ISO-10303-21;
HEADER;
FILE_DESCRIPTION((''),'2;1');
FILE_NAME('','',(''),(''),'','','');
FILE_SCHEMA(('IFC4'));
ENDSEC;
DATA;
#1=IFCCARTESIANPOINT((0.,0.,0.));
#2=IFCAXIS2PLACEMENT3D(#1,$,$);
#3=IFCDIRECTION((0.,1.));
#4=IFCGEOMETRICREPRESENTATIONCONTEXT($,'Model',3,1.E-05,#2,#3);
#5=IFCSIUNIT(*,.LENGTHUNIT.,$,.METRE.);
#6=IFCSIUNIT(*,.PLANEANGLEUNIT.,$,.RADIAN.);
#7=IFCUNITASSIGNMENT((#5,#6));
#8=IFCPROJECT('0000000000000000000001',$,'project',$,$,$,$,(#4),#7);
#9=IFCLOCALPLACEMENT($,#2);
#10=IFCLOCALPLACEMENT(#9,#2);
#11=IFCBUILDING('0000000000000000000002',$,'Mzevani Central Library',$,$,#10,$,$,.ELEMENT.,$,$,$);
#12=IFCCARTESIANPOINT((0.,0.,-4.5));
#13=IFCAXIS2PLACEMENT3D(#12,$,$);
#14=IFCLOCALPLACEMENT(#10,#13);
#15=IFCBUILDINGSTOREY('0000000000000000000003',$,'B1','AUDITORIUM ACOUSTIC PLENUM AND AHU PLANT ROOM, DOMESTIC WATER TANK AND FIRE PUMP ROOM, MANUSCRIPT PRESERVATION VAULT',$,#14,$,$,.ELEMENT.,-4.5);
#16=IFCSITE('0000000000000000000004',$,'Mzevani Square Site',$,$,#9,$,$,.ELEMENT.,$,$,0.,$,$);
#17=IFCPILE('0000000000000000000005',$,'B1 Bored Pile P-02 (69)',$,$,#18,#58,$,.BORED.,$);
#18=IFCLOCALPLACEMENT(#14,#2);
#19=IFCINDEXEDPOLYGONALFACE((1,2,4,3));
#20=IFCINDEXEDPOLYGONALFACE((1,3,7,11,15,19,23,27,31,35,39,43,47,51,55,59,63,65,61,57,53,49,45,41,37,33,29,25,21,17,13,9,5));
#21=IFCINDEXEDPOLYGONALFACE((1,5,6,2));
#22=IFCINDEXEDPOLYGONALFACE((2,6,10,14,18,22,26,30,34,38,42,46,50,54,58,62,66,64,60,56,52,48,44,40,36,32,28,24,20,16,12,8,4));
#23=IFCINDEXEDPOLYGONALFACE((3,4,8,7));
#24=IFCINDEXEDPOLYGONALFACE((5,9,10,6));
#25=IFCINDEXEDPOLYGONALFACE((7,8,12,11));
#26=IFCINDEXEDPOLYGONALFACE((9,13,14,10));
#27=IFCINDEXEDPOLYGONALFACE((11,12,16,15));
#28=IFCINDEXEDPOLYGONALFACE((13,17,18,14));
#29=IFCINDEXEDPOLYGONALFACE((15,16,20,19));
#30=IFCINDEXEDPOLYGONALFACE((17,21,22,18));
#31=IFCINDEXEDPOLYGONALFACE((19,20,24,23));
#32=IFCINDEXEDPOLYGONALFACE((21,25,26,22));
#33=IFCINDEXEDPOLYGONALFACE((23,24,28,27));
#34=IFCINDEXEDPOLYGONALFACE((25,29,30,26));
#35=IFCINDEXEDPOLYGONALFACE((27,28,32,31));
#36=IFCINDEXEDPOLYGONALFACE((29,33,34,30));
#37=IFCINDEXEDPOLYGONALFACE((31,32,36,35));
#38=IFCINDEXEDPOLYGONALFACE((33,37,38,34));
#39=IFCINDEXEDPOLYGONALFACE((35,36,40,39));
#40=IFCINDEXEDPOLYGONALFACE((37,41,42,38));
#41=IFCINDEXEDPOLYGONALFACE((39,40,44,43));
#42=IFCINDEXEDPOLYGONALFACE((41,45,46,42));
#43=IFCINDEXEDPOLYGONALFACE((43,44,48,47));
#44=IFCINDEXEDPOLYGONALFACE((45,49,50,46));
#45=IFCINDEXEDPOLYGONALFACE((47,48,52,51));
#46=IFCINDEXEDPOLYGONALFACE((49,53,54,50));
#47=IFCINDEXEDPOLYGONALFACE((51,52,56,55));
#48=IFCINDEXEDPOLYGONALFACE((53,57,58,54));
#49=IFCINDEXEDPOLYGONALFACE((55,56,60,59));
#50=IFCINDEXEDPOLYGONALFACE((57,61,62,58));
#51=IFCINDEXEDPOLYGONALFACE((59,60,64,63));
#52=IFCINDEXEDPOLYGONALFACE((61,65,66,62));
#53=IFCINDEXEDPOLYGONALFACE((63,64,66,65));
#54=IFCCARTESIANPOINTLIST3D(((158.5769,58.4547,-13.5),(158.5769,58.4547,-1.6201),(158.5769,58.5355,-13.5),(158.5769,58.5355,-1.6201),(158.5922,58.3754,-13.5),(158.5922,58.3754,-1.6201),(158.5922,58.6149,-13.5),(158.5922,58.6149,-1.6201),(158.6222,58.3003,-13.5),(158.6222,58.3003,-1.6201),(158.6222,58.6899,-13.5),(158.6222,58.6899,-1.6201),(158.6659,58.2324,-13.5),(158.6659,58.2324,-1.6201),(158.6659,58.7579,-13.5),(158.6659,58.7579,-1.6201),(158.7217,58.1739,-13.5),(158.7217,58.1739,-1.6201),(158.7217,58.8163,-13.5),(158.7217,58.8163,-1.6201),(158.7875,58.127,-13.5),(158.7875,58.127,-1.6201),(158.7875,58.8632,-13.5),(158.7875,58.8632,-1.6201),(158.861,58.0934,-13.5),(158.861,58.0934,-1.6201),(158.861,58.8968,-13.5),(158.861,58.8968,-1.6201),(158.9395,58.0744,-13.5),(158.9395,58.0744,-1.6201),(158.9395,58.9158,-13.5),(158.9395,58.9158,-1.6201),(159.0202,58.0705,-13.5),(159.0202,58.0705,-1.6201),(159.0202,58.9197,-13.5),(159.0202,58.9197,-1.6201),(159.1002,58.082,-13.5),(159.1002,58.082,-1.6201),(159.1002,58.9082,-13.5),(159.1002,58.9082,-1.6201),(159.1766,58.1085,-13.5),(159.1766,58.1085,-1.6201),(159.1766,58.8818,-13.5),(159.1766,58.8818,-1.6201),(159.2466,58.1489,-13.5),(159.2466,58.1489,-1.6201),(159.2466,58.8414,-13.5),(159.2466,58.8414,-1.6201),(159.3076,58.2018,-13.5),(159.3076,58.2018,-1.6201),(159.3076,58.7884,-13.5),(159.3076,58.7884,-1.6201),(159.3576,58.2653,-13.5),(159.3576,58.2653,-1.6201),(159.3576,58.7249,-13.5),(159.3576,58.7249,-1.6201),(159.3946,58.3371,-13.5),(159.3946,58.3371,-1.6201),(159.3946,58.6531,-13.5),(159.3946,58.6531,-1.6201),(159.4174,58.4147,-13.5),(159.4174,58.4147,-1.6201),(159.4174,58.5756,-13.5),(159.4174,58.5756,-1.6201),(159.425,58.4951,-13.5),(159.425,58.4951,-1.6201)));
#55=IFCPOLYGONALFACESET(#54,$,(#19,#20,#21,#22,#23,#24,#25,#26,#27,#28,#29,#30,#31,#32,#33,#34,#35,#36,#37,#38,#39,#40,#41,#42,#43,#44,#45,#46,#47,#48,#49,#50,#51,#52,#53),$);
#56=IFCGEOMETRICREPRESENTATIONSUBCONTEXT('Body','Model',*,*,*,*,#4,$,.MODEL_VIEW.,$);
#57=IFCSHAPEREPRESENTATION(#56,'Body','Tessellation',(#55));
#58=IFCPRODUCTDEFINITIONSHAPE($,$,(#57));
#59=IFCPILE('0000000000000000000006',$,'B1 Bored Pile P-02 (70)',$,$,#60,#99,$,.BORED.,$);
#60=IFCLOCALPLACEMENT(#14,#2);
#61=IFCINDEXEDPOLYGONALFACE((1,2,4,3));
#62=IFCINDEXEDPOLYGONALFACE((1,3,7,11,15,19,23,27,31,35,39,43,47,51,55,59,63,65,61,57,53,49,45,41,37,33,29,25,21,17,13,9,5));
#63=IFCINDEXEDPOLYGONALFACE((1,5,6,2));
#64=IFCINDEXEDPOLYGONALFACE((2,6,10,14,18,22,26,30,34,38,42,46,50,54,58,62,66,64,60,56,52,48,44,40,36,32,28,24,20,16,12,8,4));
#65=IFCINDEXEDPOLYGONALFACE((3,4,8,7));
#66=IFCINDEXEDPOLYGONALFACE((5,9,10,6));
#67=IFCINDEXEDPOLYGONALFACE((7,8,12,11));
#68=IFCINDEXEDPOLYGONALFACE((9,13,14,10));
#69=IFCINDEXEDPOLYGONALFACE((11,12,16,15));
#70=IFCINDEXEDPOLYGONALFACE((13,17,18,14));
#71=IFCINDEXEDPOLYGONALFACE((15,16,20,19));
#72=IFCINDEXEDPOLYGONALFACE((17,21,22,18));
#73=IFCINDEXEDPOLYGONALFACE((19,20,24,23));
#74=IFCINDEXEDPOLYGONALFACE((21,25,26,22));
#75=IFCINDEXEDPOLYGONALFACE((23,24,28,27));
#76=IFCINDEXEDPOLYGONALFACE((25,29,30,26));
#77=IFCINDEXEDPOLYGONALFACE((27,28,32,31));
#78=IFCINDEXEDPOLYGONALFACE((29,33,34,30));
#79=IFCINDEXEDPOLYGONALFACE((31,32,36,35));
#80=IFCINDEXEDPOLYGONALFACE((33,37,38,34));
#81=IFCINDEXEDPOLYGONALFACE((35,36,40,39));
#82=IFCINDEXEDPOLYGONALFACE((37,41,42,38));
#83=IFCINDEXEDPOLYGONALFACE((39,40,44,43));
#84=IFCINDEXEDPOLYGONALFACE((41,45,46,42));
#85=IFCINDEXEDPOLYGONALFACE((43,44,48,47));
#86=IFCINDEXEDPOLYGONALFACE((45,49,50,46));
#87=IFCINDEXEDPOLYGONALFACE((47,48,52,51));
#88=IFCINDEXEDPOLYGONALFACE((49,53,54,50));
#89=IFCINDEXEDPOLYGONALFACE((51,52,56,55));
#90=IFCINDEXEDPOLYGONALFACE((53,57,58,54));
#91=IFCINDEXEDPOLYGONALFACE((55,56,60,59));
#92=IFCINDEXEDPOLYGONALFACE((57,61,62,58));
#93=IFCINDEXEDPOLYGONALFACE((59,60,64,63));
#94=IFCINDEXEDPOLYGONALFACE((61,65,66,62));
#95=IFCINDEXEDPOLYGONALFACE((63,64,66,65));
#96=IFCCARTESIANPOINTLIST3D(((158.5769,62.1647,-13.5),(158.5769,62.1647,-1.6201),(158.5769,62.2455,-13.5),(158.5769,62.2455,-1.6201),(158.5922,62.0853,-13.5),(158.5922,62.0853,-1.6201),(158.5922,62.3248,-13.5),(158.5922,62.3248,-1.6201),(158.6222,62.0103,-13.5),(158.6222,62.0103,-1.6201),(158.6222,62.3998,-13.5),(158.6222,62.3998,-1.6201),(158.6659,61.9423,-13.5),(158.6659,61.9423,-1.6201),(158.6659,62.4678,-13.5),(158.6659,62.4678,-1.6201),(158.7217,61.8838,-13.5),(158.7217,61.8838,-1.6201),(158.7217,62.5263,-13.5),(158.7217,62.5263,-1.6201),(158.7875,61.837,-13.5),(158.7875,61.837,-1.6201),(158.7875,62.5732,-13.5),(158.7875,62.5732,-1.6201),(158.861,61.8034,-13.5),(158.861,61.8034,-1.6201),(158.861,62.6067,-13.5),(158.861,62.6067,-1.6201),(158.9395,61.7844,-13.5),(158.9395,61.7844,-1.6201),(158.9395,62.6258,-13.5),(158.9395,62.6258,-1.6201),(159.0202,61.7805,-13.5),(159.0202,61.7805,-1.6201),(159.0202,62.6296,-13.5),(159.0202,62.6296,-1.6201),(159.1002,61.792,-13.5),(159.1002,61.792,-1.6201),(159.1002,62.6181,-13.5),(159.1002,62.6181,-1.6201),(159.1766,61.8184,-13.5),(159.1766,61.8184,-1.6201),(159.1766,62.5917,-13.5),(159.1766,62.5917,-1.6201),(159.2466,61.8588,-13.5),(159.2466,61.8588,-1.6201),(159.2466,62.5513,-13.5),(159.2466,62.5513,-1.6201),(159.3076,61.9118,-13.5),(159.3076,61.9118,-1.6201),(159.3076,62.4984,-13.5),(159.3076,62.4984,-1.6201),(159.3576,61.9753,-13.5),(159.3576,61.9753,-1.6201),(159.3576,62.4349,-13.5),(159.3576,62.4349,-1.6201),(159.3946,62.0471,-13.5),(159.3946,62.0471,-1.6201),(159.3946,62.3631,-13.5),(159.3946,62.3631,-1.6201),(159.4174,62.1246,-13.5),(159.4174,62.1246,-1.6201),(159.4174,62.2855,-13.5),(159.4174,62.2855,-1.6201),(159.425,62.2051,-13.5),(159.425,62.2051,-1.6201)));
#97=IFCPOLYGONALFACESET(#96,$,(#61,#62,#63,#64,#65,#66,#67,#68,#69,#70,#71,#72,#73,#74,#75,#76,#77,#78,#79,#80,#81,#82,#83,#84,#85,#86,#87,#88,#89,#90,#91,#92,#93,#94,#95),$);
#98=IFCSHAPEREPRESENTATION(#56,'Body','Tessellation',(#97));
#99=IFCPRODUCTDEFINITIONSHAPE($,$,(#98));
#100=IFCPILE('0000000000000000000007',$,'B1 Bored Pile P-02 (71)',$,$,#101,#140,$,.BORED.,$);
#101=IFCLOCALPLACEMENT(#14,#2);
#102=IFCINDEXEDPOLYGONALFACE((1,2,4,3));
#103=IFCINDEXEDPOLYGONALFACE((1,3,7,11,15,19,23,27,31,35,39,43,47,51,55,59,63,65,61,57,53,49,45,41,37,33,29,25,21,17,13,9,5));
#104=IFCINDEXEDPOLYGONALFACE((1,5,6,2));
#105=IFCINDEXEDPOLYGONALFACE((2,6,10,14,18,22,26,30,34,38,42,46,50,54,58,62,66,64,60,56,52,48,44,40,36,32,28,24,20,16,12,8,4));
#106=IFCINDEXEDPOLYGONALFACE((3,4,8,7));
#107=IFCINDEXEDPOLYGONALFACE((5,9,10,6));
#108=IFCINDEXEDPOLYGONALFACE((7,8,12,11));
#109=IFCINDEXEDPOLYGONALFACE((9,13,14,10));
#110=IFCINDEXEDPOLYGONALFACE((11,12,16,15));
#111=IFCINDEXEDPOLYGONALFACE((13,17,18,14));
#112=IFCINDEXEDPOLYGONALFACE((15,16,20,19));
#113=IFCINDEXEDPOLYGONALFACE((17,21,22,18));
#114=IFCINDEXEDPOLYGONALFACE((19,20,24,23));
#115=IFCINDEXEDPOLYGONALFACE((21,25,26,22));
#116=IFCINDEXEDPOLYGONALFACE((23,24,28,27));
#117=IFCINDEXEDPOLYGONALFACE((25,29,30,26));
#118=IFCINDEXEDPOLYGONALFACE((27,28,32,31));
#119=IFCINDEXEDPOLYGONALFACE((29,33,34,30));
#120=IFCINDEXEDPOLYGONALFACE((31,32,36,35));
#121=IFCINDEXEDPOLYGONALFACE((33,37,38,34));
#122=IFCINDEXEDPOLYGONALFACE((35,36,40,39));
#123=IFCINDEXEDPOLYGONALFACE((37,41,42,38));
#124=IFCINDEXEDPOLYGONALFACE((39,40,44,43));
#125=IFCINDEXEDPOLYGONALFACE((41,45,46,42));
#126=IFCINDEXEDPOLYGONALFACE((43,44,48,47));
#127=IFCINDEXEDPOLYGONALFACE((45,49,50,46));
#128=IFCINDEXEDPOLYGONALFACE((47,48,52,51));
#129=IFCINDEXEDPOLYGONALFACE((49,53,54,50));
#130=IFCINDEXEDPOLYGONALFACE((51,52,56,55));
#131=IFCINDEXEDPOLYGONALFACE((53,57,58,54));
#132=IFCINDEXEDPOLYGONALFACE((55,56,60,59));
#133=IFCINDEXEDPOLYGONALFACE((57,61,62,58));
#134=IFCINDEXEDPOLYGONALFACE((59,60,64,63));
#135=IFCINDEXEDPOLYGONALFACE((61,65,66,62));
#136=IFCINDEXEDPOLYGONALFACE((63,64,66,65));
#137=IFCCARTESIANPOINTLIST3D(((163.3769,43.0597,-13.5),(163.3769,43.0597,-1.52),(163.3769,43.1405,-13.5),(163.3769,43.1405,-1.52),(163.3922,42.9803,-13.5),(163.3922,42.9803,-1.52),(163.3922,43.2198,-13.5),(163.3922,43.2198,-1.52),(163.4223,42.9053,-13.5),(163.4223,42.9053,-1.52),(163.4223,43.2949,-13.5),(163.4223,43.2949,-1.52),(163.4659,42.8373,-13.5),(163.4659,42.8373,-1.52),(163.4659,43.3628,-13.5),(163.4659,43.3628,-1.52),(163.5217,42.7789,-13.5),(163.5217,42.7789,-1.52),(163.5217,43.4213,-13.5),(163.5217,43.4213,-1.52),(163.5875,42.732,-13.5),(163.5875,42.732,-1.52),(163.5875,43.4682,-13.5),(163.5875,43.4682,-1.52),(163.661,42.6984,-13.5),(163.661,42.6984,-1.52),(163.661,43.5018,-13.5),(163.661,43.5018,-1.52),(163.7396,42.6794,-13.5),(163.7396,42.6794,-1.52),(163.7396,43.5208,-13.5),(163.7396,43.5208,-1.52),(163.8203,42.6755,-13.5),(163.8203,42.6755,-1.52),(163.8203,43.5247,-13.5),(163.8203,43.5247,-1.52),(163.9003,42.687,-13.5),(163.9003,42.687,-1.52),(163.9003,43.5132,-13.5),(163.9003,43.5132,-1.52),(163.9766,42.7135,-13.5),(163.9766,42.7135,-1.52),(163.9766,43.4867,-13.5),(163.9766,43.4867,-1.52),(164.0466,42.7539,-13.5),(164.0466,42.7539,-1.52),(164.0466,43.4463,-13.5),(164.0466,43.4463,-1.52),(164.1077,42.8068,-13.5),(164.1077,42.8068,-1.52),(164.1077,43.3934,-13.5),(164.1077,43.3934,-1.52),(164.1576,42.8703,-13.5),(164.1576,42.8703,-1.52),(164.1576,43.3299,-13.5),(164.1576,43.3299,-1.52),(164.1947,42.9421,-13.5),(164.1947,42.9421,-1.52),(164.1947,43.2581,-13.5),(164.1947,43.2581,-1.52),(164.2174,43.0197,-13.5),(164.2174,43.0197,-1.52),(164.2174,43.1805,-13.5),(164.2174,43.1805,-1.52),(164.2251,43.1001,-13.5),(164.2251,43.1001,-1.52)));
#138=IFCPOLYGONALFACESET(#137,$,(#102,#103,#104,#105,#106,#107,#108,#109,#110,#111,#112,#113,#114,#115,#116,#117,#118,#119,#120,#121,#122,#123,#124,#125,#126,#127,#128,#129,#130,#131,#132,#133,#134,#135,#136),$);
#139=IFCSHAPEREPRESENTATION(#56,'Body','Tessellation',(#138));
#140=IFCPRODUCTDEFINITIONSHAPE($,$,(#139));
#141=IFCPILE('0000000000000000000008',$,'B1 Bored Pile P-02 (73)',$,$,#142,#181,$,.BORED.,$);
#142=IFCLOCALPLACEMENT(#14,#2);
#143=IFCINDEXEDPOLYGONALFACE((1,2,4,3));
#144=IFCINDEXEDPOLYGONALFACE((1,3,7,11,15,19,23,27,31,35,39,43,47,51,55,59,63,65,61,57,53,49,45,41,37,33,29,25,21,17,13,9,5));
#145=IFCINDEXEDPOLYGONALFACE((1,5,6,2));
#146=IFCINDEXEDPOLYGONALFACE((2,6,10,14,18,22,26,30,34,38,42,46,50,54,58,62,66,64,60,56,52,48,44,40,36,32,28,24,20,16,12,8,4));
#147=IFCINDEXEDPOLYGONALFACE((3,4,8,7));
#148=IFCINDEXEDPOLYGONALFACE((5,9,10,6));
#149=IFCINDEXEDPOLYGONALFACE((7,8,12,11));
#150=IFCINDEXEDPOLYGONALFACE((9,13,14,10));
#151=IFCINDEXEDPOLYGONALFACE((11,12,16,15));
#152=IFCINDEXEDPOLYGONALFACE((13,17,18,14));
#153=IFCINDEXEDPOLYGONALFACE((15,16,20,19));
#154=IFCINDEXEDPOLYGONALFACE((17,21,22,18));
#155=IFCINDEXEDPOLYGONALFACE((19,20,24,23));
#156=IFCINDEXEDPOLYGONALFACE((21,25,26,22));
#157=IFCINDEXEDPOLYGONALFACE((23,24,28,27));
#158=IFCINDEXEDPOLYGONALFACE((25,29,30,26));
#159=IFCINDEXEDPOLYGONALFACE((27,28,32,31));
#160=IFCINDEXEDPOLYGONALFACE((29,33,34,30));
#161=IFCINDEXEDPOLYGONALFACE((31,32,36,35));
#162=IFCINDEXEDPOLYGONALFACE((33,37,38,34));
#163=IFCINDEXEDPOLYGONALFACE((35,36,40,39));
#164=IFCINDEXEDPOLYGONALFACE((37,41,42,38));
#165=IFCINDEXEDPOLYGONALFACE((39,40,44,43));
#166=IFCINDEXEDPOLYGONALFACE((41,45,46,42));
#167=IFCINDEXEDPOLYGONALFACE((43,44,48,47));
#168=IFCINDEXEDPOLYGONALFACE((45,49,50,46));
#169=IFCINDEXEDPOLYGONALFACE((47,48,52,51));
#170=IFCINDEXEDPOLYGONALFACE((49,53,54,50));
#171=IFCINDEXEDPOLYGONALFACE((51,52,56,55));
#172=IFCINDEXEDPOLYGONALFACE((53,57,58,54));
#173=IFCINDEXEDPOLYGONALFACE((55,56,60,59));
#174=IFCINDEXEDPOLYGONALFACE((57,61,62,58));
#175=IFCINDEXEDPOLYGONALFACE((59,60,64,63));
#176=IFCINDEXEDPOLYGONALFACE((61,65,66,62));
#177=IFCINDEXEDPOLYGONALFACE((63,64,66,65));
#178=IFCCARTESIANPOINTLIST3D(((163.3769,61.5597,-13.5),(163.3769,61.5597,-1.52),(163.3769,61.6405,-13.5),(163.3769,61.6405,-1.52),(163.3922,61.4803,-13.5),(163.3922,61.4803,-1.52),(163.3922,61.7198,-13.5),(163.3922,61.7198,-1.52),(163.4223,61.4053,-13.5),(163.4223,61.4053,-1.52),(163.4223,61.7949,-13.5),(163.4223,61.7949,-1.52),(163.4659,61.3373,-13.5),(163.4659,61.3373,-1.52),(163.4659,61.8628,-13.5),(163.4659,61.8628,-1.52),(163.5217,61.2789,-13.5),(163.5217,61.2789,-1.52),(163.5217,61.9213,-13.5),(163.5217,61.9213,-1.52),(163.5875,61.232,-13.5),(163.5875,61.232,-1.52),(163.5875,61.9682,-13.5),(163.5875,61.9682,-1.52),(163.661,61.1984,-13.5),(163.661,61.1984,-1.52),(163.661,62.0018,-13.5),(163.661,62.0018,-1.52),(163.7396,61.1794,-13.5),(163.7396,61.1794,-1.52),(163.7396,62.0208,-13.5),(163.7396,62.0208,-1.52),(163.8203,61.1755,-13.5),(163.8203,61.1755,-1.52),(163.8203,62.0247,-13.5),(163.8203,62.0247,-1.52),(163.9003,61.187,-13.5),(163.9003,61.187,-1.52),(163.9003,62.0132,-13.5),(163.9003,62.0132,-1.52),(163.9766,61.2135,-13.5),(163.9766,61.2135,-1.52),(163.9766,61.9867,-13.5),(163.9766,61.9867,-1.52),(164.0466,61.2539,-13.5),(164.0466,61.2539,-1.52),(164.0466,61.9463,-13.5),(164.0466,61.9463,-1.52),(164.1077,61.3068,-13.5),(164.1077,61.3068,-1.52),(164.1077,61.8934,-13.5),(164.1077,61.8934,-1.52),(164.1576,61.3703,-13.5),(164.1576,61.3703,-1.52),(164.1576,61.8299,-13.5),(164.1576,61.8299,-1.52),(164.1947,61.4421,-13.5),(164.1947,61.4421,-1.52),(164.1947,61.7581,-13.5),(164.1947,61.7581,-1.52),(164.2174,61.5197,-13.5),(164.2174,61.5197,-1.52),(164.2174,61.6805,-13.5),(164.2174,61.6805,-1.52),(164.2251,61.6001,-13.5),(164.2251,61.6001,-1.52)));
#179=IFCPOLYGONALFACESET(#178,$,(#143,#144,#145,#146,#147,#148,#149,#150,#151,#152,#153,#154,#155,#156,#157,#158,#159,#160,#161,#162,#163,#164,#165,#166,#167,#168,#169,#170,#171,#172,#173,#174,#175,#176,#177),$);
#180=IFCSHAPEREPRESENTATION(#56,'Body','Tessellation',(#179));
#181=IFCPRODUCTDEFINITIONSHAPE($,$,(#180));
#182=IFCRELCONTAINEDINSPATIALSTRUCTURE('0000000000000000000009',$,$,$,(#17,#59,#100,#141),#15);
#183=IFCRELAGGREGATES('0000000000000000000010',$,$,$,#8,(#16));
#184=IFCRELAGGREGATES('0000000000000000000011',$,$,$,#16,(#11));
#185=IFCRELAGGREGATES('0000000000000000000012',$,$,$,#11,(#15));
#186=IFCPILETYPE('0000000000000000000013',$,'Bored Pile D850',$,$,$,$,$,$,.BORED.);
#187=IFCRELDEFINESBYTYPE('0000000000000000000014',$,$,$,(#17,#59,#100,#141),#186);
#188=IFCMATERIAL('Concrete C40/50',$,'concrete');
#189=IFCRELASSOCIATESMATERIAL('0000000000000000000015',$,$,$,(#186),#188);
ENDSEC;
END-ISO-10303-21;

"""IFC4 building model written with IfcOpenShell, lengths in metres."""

from ifc_helpers import new_model, si_unit, direction, frame, origin, origin_2d, place, context, subcontext, project, spatial, circle, extrude, material, material_profile, profile_set, type_object, element, save


model = new_model("IFC4")

# Units and contexts
model_context = context("Model", 3, precision=1e-05, world=origin(), true_north=direction((0.0, 1.0)))
body_context = subcontext(model_context, "Body", "Model", "MODEL_VIEW")
ifc_project = project(units=[si_unit("LENGTHUNIT", "METRE"), si_unit("PLANEANGLEUNIT", "RADIAN")], contexts=[model_context])

# Site, building, storey
site_placement = place(None, origin())
site = spatial("IfcSite", under=ifc_project, at=site_placement, Name="Mzevani Square Site", CompositionType="ELEMENT", RefElevation=0.0)
building_placement = place(site_placement, origin())
building = spatial("IfcBuilding", under=site, at=building_placement, Name="Mzevani Central Library", CompositionType="ELEMENT")
storey_placement = place(building_placement, frame((0.0, 0.0, -4.5)))
storey = spatial("IfcBuildingStorey", under=building, at=storey_placement, Name="B1", Description="AUDITORIUM ACOUSTIC PLENUM AND AHU PLANT ROOM, DOMESTIC WATER TANK AND FIRE PUMP ROOM, MANUSCRIPT PRESERVATION VAULT", CompositionType="ELEMENT", Elevation=-4.5)

# Piles
ifc_material_1 = material(Name="Concrete C40/50", Category="concrete")
ifc_material_profile_1 = material_profile(ifc_material_1, circle(Radius=0.425, at=origin_2d()), Name="PILE D850")
ifc_profile_set_1 = profile_set([ifc_material_profile_1], Name="Concrete C40/50")
pile_type_1 = type_object("IfcPileType", Name="Bored Pile D850", PredefinedType="BORED", material=ifc_profile_set_1)
for number, where, z_axis, x_axis, name in (
    (1, (159.0, 58.4951, -1.6201), (0.0, 0.0, -1.0), (1.0, 0.0, 0.0), "B1 Bored Pile P-02 (69)"),
    (2, (159.0, 62.2051, -1.6201), (0.0, 0.0, -1.0), (1.0, 0.0, 0.0), "B1 Bored Pile P-02 (70)"),
):
    element("IfcPile", number, at=place(storey_placement, frame(where, z_axis=z_axis, x_axis=x_axis)), inside=storey, type_object=pile_type_1, Name=name, PredefinedType="BORED", context=body_context, shape_type="SweptSolid", body=[
        extrude(circle(Radius=0.425, at=origin_2d()), origin(), (0.0, 0.0, 1.0), 11.8799),
    ])
for number, where, z_axis, x_axis, name in (
    (3, (163.8, 43.1001, -1.52), (0.0, 0.0, -1.0), (1.0, 0.0, 0.0), "B1 Bored Pile P-02 (71)"),
    (4, (163.8, 61.6001, -1.52), (0.0, 0.0, -1.0), (1.0, 0.0, 0.0), "B1 Bored Pile P-02 (73)"),
):
    element("IfcPile", number, at=place(storey_placement, frame(where, z_axis=z_axis, x_axis=x_axis)), inside=storey, type_object=pile_type_1, Name=name, PredefinedType="BORED", context=body_context, shape_type="SweptSolid", body=[
        extrude(circle(Radius=0.425, at=origin_2d()), origin(), (0.0, 0.0, 1.0), 11.98),
    ])

save(model, "model.ifc")
